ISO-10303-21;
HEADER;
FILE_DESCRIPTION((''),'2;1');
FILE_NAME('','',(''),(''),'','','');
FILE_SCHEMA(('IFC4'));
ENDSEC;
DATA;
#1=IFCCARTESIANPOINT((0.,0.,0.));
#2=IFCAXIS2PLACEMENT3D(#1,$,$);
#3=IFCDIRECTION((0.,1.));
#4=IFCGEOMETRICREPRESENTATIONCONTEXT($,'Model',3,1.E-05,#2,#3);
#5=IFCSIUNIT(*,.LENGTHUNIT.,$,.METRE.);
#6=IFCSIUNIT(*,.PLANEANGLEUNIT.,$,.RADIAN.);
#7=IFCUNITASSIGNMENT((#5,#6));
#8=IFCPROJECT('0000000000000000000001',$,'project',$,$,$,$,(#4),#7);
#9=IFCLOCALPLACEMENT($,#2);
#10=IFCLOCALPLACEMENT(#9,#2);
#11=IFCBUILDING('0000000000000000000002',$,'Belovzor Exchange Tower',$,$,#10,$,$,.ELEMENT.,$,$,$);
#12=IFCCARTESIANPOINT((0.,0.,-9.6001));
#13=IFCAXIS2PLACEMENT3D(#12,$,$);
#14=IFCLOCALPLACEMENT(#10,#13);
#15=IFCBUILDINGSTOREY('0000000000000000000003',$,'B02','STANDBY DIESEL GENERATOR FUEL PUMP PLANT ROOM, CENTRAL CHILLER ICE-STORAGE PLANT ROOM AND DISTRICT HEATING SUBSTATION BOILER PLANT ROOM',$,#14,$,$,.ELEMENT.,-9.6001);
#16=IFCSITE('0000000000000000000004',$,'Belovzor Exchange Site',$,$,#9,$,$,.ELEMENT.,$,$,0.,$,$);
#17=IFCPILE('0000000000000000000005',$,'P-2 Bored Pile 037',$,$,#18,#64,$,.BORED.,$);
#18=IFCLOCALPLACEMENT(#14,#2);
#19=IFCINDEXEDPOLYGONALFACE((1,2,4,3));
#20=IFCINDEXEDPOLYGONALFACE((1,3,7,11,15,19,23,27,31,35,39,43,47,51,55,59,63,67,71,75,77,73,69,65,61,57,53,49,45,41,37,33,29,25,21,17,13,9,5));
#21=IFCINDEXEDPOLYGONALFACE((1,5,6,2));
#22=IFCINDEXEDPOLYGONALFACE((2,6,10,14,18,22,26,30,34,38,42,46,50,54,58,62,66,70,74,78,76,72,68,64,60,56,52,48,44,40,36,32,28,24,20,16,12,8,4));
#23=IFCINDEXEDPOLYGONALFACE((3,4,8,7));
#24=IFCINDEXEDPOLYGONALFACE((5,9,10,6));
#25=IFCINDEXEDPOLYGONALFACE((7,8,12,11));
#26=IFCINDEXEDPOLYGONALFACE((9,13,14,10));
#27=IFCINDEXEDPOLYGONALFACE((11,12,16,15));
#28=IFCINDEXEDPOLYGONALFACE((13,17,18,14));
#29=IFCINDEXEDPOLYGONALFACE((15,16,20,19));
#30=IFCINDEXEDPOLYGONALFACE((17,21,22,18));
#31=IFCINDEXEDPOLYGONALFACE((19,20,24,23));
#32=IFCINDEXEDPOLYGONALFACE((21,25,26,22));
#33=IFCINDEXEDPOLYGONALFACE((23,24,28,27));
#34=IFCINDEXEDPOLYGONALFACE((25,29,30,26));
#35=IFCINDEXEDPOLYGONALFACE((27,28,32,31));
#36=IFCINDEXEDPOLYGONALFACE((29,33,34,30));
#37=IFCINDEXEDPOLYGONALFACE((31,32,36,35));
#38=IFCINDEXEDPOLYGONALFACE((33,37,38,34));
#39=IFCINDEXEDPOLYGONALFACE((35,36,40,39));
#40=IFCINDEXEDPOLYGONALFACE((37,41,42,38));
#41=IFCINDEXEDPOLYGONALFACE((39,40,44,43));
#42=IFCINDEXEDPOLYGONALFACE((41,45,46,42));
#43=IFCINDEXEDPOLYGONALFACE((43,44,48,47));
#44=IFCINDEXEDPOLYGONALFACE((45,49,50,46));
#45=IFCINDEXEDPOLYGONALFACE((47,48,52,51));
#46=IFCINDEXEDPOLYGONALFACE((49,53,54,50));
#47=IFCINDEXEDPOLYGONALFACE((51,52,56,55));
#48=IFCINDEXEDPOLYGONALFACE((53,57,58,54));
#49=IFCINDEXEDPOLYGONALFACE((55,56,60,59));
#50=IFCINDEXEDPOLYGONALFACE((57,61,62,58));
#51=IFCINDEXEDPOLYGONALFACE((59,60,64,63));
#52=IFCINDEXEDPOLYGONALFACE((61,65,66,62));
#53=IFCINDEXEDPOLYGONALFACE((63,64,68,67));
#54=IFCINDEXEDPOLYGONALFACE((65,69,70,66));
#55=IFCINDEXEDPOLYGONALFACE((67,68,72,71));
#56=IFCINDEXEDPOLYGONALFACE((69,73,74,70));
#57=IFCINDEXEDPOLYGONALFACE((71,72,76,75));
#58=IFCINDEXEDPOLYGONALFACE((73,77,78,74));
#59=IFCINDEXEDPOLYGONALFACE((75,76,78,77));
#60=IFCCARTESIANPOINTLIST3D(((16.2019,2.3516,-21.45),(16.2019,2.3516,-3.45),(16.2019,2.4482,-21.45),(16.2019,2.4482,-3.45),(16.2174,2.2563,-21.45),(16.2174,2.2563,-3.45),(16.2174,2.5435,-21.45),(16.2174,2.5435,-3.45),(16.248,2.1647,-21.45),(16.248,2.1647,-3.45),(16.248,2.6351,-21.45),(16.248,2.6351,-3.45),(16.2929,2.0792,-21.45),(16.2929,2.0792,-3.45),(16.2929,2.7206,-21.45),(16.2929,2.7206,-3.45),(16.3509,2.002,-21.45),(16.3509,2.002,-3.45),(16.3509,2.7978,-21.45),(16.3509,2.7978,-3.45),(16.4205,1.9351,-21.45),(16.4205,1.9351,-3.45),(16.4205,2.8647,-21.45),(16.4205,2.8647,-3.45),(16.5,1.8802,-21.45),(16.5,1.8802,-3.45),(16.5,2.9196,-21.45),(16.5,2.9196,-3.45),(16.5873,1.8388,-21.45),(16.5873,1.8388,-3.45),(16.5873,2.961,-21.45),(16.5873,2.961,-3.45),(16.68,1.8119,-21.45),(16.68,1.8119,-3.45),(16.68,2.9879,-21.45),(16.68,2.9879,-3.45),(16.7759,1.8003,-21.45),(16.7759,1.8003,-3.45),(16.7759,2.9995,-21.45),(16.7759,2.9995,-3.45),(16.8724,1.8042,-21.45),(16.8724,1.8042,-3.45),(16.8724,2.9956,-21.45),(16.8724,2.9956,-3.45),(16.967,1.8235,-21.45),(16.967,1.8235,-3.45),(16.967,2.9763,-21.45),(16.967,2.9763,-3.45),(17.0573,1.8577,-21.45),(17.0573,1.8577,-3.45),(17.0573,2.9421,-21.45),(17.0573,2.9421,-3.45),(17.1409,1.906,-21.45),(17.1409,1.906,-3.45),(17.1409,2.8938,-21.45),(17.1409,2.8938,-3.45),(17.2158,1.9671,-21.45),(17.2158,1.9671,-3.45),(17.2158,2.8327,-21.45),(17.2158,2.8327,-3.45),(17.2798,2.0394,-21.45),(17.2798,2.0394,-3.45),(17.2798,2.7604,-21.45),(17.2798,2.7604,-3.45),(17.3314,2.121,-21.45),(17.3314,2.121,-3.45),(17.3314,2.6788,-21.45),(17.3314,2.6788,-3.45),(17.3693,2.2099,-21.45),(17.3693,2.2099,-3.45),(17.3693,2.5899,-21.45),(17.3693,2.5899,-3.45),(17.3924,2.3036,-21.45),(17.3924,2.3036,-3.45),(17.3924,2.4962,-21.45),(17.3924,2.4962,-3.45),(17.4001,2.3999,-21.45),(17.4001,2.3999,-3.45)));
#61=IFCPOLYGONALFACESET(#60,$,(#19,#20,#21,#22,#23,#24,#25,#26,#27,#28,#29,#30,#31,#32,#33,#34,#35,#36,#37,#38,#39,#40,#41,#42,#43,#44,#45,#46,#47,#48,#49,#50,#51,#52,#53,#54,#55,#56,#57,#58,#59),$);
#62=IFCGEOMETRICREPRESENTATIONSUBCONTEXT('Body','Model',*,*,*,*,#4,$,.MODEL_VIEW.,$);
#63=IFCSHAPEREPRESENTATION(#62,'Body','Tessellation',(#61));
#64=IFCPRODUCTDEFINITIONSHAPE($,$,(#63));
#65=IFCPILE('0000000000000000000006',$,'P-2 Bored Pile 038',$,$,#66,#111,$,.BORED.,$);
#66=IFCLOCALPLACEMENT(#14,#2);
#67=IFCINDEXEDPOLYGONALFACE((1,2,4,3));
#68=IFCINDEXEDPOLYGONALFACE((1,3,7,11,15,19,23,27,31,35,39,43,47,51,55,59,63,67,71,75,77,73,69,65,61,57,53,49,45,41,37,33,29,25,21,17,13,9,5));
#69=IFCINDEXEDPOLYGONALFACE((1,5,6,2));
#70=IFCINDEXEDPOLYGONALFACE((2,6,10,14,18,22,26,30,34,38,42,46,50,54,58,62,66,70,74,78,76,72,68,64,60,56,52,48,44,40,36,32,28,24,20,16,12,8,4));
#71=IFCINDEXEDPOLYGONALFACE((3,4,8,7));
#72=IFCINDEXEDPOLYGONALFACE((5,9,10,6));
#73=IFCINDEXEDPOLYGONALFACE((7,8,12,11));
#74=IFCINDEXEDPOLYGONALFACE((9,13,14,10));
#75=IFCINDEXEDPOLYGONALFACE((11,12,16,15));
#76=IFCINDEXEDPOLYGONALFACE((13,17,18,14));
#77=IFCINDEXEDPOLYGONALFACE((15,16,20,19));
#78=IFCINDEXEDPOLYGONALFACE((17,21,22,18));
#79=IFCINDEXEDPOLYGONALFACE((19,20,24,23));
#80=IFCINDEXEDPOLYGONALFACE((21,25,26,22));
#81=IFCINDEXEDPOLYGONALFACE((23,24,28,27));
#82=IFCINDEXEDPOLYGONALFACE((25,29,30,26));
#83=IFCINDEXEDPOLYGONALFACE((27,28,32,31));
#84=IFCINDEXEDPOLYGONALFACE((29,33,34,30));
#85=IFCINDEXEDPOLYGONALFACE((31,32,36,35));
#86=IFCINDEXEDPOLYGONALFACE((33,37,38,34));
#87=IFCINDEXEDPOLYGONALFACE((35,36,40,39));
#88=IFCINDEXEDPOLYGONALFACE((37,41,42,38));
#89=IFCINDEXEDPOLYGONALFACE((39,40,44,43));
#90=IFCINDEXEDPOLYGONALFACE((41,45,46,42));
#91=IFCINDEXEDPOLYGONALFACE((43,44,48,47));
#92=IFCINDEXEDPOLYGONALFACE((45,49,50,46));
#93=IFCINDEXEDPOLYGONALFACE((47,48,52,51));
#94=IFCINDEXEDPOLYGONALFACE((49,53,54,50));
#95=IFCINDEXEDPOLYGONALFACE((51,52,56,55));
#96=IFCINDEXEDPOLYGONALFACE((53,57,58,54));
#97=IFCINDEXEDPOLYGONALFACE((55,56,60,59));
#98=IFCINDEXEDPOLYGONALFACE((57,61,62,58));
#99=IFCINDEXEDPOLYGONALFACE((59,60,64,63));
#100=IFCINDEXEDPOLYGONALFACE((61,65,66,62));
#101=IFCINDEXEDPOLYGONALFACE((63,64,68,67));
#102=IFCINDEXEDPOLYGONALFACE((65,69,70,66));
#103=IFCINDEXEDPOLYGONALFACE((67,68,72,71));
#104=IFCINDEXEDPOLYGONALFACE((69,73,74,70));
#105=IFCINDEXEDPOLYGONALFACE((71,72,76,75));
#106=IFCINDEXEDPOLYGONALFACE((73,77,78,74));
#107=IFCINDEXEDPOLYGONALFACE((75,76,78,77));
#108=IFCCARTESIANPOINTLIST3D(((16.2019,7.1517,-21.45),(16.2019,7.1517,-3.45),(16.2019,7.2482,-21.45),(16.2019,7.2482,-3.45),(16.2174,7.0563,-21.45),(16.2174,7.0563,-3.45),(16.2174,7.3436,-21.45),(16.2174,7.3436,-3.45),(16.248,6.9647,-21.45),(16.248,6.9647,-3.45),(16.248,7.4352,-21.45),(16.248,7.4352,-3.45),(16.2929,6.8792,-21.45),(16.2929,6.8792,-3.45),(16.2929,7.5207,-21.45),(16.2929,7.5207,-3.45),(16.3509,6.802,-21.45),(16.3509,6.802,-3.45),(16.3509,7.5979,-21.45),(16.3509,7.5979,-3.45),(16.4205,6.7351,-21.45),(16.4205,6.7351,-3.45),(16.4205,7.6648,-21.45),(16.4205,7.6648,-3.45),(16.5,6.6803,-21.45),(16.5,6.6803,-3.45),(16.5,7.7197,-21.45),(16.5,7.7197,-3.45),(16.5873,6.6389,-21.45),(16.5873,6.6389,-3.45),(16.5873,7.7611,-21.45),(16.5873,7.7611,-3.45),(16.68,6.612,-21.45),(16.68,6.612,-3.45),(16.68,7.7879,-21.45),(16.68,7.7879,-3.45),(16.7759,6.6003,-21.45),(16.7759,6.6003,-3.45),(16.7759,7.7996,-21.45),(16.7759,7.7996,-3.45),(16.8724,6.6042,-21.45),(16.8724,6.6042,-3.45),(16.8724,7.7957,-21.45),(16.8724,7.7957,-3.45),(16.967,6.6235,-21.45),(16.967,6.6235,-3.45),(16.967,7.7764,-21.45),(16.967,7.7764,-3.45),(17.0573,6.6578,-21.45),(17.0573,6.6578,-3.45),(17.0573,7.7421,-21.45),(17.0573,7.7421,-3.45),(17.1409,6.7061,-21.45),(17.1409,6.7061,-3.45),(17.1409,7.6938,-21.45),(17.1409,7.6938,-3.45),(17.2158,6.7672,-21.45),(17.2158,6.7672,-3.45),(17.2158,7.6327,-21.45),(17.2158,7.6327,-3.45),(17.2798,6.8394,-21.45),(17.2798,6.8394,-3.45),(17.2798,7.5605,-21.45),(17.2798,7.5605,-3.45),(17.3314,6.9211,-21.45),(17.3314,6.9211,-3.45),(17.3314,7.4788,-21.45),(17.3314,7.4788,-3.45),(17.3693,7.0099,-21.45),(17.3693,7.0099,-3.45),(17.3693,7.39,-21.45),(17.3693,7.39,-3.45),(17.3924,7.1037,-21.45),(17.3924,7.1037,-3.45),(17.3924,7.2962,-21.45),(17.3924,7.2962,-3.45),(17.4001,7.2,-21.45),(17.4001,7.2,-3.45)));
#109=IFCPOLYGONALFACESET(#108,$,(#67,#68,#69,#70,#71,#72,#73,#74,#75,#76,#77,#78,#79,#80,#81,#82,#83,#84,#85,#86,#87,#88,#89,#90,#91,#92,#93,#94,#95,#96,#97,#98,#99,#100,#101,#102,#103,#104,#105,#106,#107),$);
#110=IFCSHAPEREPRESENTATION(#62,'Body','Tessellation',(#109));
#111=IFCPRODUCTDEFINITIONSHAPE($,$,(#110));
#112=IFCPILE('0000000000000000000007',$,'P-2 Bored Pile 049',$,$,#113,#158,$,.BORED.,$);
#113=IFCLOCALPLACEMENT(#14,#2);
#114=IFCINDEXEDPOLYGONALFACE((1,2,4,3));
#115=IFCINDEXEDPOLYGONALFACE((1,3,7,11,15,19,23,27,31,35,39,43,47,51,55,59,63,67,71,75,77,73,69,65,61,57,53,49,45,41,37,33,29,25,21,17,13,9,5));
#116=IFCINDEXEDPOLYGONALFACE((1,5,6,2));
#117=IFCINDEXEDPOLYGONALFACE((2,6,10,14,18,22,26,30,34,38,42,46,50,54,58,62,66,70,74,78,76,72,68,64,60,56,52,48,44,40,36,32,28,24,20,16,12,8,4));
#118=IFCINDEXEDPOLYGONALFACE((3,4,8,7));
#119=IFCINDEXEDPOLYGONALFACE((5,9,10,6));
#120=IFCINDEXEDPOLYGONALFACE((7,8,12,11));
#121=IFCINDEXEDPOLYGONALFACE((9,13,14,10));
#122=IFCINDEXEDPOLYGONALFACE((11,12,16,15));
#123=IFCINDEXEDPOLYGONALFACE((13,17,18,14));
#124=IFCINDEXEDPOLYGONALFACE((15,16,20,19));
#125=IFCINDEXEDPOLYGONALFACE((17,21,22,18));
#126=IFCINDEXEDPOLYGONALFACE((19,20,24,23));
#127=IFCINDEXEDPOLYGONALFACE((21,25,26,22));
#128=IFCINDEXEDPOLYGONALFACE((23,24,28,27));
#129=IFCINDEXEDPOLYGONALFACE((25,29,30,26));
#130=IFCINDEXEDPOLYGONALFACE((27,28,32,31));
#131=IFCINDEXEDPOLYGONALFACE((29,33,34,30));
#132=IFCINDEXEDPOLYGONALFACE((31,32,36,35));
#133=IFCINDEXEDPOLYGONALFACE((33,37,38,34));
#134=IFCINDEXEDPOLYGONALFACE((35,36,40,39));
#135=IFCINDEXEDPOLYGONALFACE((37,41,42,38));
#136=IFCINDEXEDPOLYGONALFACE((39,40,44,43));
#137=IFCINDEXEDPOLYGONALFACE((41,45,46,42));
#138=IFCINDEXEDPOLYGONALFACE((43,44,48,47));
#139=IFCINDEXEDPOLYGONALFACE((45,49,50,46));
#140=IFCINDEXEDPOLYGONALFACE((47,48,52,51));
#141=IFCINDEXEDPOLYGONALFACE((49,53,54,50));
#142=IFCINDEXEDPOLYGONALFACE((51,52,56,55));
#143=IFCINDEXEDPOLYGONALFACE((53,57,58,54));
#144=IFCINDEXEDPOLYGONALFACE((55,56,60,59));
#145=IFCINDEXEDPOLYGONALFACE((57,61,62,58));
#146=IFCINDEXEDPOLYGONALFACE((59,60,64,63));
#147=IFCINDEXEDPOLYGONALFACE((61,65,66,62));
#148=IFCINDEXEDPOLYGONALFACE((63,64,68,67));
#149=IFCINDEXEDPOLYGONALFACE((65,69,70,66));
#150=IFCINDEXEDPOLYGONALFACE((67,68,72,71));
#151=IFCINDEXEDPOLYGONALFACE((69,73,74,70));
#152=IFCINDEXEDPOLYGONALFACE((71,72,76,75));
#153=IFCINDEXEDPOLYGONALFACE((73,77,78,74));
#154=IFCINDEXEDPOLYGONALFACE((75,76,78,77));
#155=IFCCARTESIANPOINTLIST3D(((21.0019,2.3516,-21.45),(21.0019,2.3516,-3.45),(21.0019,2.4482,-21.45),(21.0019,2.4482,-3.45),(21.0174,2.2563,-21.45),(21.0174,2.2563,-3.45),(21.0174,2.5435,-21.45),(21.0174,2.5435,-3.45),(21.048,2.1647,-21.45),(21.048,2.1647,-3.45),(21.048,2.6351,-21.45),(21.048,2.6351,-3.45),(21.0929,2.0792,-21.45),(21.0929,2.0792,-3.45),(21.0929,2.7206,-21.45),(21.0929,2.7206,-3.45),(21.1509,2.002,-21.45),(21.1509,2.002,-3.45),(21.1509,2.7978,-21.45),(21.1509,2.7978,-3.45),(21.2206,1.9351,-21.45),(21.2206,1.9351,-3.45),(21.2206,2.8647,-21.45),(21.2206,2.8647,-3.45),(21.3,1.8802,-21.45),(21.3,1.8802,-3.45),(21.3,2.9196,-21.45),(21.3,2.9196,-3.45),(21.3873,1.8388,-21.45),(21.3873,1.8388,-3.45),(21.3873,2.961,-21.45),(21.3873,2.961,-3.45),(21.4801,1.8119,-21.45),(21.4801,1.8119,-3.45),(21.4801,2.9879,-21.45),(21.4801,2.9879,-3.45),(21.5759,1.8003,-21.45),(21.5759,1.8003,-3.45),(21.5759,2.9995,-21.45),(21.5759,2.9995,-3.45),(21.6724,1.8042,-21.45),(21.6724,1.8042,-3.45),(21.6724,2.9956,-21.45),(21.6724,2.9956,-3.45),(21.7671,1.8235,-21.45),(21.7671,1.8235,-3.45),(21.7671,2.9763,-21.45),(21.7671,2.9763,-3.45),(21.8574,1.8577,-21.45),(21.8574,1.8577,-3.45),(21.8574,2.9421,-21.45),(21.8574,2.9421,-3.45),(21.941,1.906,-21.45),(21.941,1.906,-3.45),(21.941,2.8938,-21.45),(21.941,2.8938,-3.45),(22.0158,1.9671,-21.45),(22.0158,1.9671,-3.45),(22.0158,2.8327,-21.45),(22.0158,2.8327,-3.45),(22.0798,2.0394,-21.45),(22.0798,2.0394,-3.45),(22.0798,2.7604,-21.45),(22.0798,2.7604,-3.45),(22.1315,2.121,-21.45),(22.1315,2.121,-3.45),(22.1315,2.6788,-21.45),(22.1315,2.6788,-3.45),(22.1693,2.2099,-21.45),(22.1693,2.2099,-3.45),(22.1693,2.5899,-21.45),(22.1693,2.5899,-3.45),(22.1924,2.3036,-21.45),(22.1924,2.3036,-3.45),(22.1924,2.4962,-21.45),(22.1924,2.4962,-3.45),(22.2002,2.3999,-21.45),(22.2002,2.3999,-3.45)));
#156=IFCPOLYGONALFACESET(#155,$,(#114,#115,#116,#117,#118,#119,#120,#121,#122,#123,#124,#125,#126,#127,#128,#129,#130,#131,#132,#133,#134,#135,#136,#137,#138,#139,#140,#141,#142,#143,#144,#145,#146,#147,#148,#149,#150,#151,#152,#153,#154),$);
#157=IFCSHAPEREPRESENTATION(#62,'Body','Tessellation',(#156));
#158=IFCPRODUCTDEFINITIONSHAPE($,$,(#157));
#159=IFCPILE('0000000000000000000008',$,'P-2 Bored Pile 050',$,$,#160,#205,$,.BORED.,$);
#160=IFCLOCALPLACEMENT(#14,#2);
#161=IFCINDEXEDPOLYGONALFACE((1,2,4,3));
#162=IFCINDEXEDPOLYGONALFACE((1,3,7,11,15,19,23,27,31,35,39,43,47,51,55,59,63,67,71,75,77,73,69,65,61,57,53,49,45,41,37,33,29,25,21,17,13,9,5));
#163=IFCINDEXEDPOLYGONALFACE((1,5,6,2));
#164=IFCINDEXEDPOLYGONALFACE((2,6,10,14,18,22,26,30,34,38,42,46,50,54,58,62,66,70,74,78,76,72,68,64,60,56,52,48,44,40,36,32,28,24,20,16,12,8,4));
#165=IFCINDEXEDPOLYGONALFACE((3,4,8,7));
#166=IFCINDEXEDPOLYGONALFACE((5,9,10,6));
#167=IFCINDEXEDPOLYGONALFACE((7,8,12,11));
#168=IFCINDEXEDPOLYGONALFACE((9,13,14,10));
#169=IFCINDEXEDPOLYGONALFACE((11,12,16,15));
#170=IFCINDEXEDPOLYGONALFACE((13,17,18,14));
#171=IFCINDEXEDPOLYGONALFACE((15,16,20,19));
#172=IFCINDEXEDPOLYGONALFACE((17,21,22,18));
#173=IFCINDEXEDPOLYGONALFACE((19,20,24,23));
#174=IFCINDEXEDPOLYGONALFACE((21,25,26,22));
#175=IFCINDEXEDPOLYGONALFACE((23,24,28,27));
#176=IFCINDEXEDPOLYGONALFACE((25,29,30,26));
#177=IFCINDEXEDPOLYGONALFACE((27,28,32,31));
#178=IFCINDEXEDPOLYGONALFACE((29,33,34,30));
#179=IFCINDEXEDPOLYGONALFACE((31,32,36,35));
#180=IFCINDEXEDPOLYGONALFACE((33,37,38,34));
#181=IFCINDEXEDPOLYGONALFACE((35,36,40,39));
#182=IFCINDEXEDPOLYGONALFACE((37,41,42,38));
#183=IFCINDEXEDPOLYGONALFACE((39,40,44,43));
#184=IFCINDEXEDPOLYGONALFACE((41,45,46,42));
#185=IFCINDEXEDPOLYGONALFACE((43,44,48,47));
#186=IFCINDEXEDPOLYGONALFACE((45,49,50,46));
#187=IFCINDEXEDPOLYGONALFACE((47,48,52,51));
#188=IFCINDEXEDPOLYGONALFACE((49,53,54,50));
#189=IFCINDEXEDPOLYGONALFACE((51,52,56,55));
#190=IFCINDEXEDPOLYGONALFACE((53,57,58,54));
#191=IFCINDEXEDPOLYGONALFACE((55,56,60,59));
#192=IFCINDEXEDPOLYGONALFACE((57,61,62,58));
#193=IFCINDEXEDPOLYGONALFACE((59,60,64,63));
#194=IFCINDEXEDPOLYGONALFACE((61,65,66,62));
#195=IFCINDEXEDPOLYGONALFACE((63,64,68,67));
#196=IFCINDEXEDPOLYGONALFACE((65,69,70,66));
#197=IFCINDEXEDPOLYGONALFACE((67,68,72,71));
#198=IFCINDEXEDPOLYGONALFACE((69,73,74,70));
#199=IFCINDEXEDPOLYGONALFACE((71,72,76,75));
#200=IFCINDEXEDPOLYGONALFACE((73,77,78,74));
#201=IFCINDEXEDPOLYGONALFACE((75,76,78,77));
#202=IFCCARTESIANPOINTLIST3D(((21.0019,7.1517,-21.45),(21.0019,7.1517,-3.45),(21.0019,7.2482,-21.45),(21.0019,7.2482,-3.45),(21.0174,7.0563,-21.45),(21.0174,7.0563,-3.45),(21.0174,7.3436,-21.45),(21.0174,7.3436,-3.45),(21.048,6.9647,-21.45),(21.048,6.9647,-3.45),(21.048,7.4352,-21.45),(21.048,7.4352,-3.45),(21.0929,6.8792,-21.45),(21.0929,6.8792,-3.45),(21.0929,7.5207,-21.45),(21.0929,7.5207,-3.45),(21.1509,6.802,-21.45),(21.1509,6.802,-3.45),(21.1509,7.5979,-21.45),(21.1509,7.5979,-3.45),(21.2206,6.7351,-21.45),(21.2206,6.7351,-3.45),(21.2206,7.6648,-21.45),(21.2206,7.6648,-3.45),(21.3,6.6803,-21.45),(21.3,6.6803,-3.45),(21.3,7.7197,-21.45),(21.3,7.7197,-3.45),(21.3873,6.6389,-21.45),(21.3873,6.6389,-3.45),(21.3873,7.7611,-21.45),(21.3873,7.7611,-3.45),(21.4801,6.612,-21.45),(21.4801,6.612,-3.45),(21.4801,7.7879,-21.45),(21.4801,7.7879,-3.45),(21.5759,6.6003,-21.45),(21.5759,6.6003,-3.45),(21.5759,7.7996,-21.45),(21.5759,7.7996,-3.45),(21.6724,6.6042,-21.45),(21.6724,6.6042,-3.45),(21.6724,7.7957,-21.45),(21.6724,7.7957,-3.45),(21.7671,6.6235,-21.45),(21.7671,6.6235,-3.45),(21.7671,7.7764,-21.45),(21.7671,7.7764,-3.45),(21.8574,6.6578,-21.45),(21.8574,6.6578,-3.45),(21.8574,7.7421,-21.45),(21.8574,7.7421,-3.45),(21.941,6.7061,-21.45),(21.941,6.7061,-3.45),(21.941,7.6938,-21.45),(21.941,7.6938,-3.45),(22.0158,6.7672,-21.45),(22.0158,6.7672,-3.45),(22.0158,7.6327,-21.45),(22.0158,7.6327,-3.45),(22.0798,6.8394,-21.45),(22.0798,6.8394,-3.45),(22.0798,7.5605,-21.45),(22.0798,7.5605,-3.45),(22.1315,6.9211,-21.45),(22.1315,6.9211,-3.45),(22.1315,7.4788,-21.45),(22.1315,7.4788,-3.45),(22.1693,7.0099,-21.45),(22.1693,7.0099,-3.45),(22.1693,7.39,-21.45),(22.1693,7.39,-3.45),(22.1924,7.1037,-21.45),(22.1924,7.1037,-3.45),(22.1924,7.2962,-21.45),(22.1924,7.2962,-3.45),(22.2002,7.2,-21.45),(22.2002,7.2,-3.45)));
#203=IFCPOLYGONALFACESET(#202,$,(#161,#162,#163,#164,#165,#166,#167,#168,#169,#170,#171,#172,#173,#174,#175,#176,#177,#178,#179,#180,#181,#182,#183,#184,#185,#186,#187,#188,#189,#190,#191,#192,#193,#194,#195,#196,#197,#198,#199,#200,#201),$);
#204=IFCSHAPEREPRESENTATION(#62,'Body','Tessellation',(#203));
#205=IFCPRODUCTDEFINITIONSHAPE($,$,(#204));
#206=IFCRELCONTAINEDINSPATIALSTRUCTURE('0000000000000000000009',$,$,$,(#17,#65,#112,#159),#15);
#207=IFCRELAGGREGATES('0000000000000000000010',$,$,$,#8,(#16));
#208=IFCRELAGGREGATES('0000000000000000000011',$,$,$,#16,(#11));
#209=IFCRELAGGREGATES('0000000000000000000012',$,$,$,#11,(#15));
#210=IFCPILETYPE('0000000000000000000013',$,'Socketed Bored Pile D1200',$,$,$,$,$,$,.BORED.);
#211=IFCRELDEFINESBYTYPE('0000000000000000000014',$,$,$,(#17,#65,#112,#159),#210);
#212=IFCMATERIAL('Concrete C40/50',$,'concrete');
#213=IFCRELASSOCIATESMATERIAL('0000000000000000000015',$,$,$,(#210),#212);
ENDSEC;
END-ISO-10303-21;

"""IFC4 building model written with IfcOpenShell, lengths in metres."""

from ifc_helpers import new_model, si_unit, direction, frame, origin, origin_2d, place, context, subcontext, project, spatial, circle, extrude, material, material_profile, profile_set, type_object, element, save


model = new_model("IFC4")

# Units and contexts
model_context = context("Model", 3, precision=1e-05, world=origin(), true_north=direction((0.0, 1.0)))
body_context = subcontext(model_context, "Body", "Model", "MODEL_VIEW")
ifc_project = project(units=[si_unit("LENGTHUNIT", "METRE"), si_unit("PLANEANGLEUNIT", "RADIAN")], contexts=[model_context])

# Site, building, storey
site_placement = place(None, origin())
site = spatial("IfcSite", under=ifc_project, at=site_placement, Name="Belovzor Exchange Site", CompositionType="ELEMENT", RefElevation=0.0)
building_placement = place(site_placement, origin())
building = spatial("IfcBuilding", under=site, at=building_placement, Name="Belovzor Exchange Tower", CompositionType="ELEMENT")
storey_placement = place(building_placement, frame((0.0, 0.0, -9.6001)))
storey = spatial("IfcBuildingStorey", under=building, at=storey_placement, Name="B02", Description="STANDBY DIESEL GENERATOR FUEL PUMP PLANT ROOM, CENTRAL CHILLER ICE-STORAGE PLANT ROOM AND DISTRICT HEATING SUBSTATION BOILER PLANT ROOM", CompositionType="ELEMENT", Elevation=-9.6001)

# Piles
ifc_material_1 = material(Name="Concrete C40/50", Category="concrete")
ifc_material_profile_1 = material_profile(ifc_material_1, circle(Radius=0.6001, at=origin_2d()))
ifc_profile_set_1 = profile_set([ifc_material_profile_1], Name="Concrete C40/50")
pile_type_1 = type_object("IfcPileType", Name="Socketed Bored Pile D1200", PredefinedType="BORED", material=ifc_profile_set_1)
for number, where, z_axis, x_axis, name in (
    (1, (16.8, 2.3999, -3.45), (0.0, 0.0, -1.0), (1.0, 0.0, 0.0), "P-2 Bored Pile 037"),
    (2, (16.8, 7.2, -3.45), (0.0, 0.0, -1.0), (1.0, 0.0, 0.0), "P-2 Bored Pile 038"),
    (3, (21.6001, 2.3999, -3.45), (0.0, 0.0, -1.0), (1.0, 0.0, 0.0), "P-2 Bored Pile 049"),
    (4, (21.6001, 7.2, -3.45), (0.0, 0.0, -1.0), (1.0, 0.0, 0.0), "P-2 Bored Pile 050"),
):
    element("IfcPile", number, at=place(storey_placement, frame(where, z_axis=z_axis, x_axis=x_axis)), inside=storey, type_object=pile_type_1, Name=name, PredefinedType="BORED", context=body_context, shape_type="SweptSolid", body=[
        extrude(circle(Radius=0.6001, at=origin_2d()), origin(), (0.0, 0.0, 1.0), 18.0),
    ])

save(model, "model.ifc")
